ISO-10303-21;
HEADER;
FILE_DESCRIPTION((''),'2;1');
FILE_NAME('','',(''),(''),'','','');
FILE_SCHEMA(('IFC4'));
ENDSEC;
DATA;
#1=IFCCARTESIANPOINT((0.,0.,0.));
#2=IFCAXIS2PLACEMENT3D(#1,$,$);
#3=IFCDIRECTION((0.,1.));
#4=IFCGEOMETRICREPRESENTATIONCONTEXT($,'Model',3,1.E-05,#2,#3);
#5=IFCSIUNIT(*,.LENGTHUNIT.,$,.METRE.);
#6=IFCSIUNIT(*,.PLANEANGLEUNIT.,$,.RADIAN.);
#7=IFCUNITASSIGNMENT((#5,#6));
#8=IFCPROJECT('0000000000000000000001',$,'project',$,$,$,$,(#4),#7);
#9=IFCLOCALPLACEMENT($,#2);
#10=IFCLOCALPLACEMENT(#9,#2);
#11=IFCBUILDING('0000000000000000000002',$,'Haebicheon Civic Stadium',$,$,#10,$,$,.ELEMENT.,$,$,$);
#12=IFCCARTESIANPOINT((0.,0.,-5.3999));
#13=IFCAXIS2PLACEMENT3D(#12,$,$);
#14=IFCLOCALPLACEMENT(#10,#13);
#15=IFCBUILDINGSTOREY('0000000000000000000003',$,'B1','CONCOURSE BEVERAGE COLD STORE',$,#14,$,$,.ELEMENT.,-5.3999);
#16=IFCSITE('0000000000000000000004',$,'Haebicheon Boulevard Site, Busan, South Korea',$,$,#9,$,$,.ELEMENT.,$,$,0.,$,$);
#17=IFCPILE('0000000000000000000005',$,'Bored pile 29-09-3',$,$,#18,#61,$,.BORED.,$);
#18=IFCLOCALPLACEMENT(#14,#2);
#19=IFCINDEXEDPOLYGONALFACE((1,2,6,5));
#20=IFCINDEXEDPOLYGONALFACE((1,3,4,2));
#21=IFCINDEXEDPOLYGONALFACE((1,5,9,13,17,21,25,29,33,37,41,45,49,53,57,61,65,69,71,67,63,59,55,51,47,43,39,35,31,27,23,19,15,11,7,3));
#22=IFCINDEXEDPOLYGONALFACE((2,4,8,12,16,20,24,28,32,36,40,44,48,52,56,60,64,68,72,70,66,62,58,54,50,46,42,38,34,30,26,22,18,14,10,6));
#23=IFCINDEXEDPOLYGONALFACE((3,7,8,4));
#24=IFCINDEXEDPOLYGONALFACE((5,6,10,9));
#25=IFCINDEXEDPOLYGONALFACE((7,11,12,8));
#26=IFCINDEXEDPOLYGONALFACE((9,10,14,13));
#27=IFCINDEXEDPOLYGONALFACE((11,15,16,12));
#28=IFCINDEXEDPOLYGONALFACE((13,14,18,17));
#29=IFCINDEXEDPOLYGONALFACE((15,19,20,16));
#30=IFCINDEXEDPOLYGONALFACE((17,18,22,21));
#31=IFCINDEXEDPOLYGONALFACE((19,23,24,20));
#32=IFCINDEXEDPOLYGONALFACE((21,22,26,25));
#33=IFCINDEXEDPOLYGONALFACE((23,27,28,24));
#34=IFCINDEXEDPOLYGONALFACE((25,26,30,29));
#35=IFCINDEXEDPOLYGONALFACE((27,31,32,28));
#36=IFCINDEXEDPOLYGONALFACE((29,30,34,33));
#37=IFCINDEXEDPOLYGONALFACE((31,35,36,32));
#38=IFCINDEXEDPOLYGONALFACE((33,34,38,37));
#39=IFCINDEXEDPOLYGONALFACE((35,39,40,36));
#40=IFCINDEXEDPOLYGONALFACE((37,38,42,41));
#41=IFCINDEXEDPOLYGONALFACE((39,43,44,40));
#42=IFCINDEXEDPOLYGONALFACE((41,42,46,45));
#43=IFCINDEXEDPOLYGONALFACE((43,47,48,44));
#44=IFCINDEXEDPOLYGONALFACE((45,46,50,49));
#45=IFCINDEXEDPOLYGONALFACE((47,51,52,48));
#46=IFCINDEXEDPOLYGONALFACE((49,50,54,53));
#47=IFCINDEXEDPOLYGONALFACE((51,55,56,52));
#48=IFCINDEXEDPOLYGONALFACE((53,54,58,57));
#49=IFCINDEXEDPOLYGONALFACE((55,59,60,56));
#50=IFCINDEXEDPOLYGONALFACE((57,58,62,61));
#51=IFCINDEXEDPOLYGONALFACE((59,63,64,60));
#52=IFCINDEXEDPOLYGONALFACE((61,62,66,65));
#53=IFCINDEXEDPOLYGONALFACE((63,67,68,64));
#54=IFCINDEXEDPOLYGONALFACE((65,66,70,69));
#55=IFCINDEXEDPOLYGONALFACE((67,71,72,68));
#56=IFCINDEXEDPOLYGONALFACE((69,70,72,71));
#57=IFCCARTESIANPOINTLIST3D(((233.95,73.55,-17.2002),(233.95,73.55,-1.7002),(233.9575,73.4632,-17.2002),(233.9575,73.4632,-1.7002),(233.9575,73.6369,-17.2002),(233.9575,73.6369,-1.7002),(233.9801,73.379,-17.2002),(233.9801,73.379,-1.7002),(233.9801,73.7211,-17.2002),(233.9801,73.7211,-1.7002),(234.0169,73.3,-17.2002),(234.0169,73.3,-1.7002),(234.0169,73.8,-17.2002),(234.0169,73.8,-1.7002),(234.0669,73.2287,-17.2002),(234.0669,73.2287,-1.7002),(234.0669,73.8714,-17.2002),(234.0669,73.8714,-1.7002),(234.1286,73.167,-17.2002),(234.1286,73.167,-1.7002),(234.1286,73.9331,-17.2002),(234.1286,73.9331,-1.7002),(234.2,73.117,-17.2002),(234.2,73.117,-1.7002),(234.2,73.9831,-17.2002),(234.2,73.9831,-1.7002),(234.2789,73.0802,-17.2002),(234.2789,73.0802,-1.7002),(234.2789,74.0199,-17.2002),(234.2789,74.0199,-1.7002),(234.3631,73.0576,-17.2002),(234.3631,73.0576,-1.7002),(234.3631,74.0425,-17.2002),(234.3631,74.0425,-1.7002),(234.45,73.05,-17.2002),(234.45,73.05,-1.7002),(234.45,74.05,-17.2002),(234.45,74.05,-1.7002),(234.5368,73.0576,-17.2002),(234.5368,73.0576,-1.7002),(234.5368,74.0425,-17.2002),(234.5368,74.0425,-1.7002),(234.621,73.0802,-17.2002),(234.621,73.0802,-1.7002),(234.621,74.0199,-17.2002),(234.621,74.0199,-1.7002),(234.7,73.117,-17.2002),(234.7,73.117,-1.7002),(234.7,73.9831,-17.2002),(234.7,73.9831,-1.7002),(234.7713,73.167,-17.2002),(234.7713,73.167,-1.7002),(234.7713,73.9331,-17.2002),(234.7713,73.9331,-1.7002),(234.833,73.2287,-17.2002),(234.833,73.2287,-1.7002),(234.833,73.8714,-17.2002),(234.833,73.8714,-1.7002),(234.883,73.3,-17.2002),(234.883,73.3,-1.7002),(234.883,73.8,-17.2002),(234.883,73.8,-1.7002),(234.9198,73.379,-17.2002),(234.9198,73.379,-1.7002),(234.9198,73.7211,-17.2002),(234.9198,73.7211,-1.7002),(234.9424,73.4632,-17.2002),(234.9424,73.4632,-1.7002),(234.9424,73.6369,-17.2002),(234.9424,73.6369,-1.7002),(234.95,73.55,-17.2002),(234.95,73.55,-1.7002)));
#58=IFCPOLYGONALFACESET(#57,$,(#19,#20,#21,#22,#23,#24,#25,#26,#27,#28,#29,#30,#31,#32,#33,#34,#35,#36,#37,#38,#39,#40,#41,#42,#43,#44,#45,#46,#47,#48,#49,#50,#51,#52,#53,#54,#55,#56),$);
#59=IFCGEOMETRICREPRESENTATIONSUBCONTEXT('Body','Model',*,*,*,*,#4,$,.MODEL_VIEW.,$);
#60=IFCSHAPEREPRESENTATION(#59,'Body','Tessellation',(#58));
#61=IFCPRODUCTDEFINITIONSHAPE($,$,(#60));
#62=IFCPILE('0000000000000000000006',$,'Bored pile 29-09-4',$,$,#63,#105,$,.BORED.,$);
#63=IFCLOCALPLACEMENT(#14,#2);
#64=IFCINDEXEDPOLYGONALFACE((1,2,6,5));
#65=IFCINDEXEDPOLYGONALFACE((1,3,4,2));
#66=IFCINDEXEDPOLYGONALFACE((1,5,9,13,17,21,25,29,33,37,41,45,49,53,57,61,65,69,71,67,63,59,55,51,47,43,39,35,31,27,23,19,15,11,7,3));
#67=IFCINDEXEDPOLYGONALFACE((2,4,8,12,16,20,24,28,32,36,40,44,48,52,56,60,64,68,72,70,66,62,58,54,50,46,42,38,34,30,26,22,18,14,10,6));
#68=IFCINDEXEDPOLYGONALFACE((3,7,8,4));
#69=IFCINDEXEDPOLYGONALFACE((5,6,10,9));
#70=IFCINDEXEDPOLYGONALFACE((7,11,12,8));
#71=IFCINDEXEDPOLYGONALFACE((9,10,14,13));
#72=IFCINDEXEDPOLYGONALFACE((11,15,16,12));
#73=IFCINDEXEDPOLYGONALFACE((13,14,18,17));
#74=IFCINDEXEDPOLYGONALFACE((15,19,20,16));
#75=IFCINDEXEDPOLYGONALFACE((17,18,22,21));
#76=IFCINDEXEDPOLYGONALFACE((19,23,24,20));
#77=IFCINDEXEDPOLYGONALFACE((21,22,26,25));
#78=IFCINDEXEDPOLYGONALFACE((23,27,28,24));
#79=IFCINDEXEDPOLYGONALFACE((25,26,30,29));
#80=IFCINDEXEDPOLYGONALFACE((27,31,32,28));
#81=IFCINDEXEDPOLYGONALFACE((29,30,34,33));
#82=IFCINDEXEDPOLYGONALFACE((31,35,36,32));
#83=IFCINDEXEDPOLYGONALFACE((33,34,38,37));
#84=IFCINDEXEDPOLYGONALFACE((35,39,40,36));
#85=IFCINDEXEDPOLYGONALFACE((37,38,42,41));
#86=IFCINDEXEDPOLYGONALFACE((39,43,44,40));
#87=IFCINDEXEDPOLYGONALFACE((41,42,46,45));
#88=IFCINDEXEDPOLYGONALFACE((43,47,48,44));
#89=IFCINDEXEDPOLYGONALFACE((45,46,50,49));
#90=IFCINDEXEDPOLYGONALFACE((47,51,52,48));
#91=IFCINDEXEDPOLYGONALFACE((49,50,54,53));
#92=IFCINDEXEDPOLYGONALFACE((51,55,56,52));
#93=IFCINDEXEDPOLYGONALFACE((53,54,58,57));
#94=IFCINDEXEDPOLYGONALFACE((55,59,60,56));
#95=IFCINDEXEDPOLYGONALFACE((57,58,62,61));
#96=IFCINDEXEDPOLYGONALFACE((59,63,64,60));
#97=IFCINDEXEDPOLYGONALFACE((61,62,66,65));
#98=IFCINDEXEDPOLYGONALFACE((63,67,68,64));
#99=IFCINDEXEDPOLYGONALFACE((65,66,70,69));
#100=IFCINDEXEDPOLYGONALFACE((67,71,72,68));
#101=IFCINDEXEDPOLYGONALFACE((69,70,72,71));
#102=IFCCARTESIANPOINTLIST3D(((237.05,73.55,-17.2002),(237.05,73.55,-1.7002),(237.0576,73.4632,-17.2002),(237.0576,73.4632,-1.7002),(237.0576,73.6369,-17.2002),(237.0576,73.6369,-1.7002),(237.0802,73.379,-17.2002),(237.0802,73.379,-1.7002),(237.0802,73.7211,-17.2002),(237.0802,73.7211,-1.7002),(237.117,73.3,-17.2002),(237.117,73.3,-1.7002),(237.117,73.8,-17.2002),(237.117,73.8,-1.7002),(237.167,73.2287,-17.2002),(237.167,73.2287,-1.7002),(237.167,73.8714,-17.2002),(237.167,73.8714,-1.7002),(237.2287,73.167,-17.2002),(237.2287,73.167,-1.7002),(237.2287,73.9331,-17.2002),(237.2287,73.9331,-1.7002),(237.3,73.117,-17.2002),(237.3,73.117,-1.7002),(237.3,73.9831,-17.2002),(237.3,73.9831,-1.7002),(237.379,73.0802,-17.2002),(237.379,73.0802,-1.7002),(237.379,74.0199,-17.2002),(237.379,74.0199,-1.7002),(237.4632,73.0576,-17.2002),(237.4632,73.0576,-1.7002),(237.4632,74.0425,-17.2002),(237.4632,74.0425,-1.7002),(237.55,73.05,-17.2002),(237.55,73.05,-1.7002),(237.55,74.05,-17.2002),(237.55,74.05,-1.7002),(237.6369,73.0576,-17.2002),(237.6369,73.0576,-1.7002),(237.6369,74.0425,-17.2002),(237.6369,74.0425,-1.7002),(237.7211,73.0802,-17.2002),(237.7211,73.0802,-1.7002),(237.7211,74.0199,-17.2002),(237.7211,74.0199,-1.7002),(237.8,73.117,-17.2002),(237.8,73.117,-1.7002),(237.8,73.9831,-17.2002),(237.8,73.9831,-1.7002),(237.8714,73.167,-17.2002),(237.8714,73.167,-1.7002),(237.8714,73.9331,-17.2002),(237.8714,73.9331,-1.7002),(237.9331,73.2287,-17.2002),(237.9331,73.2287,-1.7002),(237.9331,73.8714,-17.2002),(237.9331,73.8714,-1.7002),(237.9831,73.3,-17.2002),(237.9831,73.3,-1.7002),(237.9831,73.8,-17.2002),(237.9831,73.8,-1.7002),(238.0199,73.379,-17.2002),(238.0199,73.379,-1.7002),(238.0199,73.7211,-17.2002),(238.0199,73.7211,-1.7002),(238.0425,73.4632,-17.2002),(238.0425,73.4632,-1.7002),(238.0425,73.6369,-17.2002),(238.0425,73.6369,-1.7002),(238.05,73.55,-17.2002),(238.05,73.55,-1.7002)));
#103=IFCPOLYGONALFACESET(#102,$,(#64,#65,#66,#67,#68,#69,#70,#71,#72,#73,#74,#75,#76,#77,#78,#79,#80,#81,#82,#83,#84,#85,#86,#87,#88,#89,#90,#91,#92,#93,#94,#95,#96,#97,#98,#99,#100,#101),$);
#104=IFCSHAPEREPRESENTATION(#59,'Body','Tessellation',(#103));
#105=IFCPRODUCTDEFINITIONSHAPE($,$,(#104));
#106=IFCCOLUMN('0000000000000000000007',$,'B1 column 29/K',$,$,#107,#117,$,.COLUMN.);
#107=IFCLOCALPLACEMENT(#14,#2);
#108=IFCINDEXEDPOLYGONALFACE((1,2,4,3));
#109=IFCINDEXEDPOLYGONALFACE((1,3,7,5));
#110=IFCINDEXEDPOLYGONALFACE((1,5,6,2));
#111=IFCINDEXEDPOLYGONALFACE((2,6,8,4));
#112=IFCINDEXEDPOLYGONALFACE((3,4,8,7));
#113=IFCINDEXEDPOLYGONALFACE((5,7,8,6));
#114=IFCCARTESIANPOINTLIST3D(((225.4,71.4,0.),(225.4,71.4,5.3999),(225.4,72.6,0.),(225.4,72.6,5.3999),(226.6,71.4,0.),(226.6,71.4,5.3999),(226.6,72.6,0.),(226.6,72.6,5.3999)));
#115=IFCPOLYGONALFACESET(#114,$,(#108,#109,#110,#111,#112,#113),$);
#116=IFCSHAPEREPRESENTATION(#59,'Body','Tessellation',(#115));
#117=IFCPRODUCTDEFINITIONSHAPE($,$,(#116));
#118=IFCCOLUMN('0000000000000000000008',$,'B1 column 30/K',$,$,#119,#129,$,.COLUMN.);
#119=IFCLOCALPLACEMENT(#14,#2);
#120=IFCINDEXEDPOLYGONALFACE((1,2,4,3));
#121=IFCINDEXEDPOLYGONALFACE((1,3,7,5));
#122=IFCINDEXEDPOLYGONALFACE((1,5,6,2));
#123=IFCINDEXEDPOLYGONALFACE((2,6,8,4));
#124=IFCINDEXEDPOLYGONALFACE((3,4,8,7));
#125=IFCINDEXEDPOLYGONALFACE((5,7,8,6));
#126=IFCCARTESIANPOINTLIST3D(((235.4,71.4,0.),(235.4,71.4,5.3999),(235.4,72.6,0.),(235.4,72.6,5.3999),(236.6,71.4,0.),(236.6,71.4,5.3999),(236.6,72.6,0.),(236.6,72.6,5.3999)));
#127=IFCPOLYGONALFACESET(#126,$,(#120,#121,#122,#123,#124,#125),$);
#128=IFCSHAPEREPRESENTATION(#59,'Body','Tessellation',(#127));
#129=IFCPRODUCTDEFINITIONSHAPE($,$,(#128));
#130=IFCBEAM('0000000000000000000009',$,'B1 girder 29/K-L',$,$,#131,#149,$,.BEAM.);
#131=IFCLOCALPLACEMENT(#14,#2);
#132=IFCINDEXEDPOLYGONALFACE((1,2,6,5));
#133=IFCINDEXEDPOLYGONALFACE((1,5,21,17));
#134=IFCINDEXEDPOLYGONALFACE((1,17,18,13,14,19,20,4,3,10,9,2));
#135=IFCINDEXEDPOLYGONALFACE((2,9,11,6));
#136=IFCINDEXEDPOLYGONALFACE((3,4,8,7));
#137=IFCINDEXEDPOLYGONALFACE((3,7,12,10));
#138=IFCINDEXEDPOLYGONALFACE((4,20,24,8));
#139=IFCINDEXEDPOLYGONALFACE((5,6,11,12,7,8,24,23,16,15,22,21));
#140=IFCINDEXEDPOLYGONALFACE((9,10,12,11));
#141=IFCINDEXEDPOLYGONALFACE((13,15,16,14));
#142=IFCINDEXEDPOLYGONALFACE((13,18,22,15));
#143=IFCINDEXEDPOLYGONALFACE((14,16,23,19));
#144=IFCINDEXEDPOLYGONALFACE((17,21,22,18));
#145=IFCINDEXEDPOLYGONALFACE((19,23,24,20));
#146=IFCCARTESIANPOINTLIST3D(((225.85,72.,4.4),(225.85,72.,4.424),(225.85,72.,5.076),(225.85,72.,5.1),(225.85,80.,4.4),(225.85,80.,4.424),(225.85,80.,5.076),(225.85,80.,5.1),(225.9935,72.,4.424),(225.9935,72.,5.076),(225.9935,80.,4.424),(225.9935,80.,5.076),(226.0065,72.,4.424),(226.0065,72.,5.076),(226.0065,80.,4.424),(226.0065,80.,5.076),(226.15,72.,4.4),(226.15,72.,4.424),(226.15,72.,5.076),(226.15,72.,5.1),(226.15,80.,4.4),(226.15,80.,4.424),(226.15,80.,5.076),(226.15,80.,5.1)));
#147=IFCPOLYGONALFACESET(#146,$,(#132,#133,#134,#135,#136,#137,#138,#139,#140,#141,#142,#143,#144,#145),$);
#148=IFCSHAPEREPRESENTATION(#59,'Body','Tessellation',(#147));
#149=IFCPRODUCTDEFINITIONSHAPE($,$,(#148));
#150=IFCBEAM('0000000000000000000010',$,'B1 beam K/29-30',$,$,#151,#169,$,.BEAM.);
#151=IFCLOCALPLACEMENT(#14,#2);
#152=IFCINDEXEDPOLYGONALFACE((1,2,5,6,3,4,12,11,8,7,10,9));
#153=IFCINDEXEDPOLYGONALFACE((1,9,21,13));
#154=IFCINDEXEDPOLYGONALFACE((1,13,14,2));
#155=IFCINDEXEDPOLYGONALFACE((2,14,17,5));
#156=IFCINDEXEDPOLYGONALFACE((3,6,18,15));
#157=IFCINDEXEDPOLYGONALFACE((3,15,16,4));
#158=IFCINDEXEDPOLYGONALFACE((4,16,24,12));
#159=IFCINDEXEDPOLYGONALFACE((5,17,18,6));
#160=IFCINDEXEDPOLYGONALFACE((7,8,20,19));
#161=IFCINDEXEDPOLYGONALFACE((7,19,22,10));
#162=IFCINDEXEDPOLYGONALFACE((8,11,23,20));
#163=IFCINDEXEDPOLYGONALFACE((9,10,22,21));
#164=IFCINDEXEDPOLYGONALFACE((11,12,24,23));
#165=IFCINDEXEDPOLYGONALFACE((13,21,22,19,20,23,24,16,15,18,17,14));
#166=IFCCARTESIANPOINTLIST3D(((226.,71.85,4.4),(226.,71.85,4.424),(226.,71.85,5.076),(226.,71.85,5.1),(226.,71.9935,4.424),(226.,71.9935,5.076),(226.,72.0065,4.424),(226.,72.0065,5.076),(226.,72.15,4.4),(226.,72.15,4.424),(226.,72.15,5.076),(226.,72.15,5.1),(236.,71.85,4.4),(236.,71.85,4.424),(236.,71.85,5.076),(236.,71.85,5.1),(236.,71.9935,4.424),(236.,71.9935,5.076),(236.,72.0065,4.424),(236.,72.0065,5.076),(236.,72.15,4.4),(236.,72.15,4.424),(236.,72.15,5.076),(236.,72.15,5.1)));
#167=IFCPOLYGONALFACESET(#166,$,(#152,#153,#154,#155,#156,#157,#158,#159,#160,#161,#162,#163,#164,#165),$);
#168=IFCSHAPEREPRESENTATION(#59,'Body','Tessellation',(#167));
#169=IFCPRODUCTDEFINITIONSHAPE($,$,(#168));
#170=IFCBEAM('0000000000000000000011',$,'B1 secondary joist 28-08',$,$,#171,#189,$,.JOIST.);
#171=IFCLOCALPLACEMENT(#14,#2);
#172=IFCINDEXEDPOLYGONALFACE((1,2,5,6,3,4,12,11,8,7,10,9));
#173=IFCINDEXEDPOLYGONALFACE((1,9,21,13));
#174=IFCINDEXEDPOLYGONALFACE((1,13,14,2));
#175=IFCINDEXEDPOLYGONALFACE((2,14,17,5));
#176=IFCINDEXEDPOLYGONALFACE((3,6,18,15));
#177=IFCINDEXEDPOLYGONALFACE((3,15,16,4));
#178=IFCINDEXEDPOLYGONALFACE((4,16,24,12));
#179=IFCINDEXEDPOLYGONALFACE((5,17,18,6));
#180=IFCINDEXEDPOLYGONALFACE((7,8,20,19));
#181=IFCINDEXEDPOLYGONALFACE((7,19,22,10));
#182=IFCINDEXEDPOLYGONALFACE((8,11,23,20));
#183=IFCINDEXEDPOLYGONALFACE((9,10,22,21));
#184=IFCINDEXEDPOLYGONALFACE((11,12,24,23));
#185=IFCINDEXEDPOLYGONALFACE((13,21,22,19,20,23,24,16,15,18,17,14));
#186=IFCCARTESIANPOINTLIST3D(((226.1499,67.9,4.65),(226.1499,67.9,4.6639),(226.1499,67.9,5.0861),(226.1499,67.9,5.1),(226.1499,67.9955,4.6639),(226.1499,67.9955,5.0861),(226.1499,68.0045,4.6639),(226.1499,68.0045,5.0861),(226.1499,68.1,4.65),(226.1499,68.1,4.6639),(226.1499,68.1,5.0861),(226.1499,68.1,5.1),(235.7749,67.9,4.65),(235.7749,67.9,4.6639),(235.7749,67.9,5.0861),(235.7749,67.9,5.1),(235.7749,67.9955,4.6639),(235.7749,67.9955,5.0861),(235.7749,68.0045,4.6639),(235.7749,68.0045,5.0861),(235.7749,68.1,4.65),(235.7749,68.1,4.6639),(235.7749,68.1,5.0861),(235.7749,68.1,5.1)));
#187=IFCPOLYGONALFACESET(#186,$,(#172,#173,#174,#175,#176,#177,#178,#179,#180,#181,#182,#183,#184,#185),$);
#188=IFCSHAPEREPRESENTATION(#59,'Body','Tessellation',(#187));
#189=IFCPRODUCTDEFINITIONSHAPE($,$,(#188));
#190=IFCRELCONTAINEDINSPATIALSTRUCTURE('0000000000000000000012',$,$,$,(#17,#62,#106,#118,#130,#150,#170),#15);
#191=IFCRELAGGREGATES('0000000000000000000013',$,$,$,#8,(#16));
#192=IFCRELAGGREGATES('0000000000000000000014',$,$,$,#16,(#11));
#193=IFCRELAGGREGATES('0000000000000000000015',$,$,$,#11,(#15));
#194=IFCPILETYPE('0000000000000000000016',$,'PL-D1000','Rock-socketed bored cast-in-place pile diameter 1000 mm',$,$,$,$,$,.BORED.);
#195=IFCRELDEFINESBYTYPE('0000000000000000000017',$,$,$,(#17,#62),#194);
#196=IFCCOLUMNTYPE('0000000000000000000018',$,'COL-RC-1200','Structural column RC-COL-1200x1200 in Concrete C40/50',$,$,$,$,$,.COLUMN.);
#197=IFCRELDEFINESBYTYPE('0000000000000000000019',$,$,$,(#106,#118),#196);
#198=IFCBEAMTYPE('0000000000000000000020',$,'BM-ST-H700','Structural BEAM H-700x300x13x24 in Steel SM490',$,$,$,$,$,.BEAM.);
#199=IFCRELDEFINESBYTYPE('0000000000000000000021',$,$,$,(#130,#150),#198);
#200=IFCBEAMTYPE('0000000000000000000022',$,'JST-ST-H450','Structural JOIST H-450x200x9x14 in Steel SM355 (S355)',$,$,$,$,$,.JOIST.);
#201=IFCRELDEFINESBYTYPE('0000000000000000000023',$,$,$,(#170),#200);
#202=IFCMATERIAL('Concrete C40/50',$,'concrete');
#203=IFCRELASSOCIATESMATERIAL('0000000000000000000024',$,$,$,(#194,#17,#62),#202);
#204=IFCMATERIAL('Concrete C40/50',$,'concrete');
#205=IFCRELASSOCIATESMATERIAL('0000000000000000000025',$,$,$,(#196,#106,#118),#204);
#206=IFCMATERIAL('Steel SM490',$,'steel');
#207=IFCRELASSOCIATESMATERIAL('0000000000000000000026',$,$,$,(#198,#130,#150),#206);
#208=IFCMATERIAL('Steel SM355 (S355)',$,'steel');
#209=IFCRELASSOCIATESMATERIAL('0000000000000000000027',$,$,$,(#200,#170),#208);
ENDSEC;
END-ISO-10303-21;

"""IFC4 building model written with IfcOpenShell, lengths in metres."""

from ifc_helpers import new_model, si_unit, direction, frame, origin, origin_2d, place, context, subcontext, project, spatial, rectangle, circle, i_section, extrude, material, material_profile, profile_set, type_object, element, save


model = new_model("IFC4")

# Units and contexts
model_context = context("Model", 3, precision=1e-05, world=origin(), true_north=direction((0.0, 1.0)))
body_context = subcontext(model_context, "Body", "Model", "MODEL_VIEW")
ifc_project = project(units=[si_unit("LENGTHUNIT", "METRE"), si_unit("PLANEANGLEUNIT", "RADIAN")], contexts=[model_context])

# Site, building, storey
site_placement = place(None, origin())
site = spatial("IfcSite", under=ifc_project, at=site_placement, Name="Haebicheon Boulevard Site, Busan, South Korea", CompositionType="ELEMENT", RefElevation=0.0)
building_placement = place(site_placement, origin())
building = spatial("IfcBuilding", under=site, at=building_placement, Name="Haebicheon Civic Stadium", CompositionType="ELEMENT")
storey_placement = place(building_placement, frame((0.0, 0.0, -5.3999)))
storey = spatial("IfcBuildingStorey", under=building, at=storey_placement, Name="B1", Description="CONCOURSE BEVERAGE COLD STORE", CompositionType="ELEMENT", Elevation=-5.3999)

# Piles
ifc_material_1 = material(Name="Concrete C40/50", Category="concrete")
ifc_material_profile_1 = material_profile(ifc_material_1, circle(Radius=0.5, at=origin_2d()), Name="PILE-D1000")
ifc_profile_set_1 = profile_set([ifc_material_profile_1], Name="Concrete C40/50")
pile_type = type_object("IfcPileType", Name="PL-D1000", Description="Rock-socketed bored cast-in-place pile diameter 1000 mm", PredefinedType="BORED", material=ifc_profile_set_1)
for number, where, z_axis, x_axis, name in (
    (1, (234.45, 73.55, -1.7002), (0.0, 0.0, -1.0), (1.0, 0.0, 0.0), "Bored pile 29-09-3"),
    (2, (237.55, 73.55, -1.7002), (0.0, 0.0, -1.0), (1.0, 0.0, 0.0), "Bored pile 29-09-4"),
):
    element("IfcPile", number, at=place(storey_placement, frame(where, z_axis=z_axis, x_axis=x_axis)), inside=storey, type_object=pile_type, material=ifc_profile_set_1, Name=name, PredefinedType="BORED", context=body_context, shape_type="SweptSolid", body=[
        extrude(circle(Radius=0.5, at=origin_2d()), origin(), (0.0, 0.0, 1.0), 15.5),
    ])

# Columns
ifc_material_2 = material(Name="Concrete C40/50", Category="concrete")
ifc_material_profile_2 = material_profile(ifc_material_2, rectangle(XDim=1.2, YDim=1.2, at=origin_2d()), Name="RC-COL-1200x1200")
ifc_profile_set_2 = profile_set([ifc_material_profile_2], Name="Concrete C40/50")
column_type = type_object("IfcColumnType", Name="COL-RC-1200", Description="Structural column RC-COL-1200x1200 in Concrete C40/50", PredefinedType="COLUMN", material=ifc_profile_set_2)
for number, where, z_axis, x_axis, name in (
    (3, (226.0, 72.0, 0.0), (0.0, 0.0, 1.0), (1.0, 0.0, 0.0), "B1 column 29/K"),
    (4, (236.0, 72.0, 0.0), (0.0, 0.0, 1.0), (1.0, 0.0, 0.0), "B1 column 30/K"),
):
    element("IfcColumn", number, at=place(storey_placement, frame(where, z_axis=z_axis, x_axis=x_axis)), inside=storey, type_object=column_type, material=ifc_profile_set_2, Name=name, PredefinedType="COLUMN", context=body_context, shape_type="SweptSolid", body=[
        extrude(rectangle(XDim=1.2, YDim=1.2, at=origin_2d()), origin(), (0.0, 0.0, 1.0), 5.3999),
    ])

# Beams
ifc_material_3 = material(Name="Steel SM490", Category="steel")
ifc_material_profile_3 = material_profile(ifc_material_3, i_section(OverallWidth=0.3, OverallDepth=0.7, WebThickness=0.0129, FlangeThickness=0.0239, at=origin_2d()), Name="H-700x300x13x24")
ifc_profile_set_3 = profile_set([ifc_material_profile_3], Name="Steel SM490")
beam_type_1 = type_object("IfcBeamType", Name="BM-ST-H700", Description="Structural BEAM H-700x300x13x24 in Steel SM490", PredefinedType="BEAM", material=ifc_profile_set_3)
beam_1_placement = place(storey_placement, frame((226.0, 72.0, 4.75), z_axis=(0.0, 1.0, 0.0), x_axis=(-1.0, 0.0, 0.0)))
element("IfcBeam", 5, at=beam_1_placement, inside=storey, type_object=beam_type_1, material=ifc_profile_set_3, Name="B1 girder 29/K-L", PredefinedType="BEAM", context=body_context, shape_type="SweptSolid", body=[
    extrude(i_section(OverallWidth=0.3, OverallDepth=0.7, WebThickness=0.0129, FlangeThickness=0.0239, at=origin_2d()), origin(), (0.0, 0.0, 1.0), 8.0),
])
beam_2_placement = place(storey_placement, frame((226.0, 72.0, 4.75), z_axis=(1.0, 0.0, 0.0), x_axis=(0.0, 1.0, 0.0)))
element("IfcBeam", 6, at=beam_2_placement, inside=storey, type_object=beam_type_1, material=ifc_profile_set_3, Name="B1 beam K/29-30", PredefinedType="BEAM", context=body_context, shape_type="SweptSolid", body=[
    extrude(i_section(OverallWidth=0.3, OverallDepth=0.7, WebThickness=0.0129, FlangeThickness=0.0239, at=origin_2d()), origin(), (0.0, 0.0, 1.0), 10.0),
])
ifc_material_4 = material(Name="Steel SM355 (S355)", Category="steel")
ifc_material_profile_4 = material_profile(ifc_material_4, i_section(OverallWidth=0.2, OverallDepth=0.45, WebThickness=0.009, FlangeThickness=0.0139, at=origin_2d()), Name="H-450x200x9x14")
ifc_profile_set_4 = profile_set([ifc_material_profile_4], Name="Steel SM355 (S355)")
beam_type_2 = type_object("IfcBeamType", Name="JST-ST-H450", Description="Structural JOIST H-450x200x9x14 in Steel SM355 (S355)", PredefinedType="JOIST", material=ifc_profile_set_4)
for number, where, z_axis, x_axis, name in (
    (7, (226.1499, 68.0, 4.875), (1.0, 0.0, 0.0), (0.0, 1.0, 0.0), "B1 secondary joist 28-08"),
):
    element("IfcBeam", number, at=place(storey_placement, frame(where, z_axis=z_axis, x_axis=x_axis)), inside=storey, type_object=beam_type_2, material=ifc_profile_set_4, Name=name, PredefinedType="JOIST", context=body_context, shape_type="SweptSolid", body=[
        extrude(i_section(OverallWidth=0.2, OverallDepth=0.45, WebThickness=0.009, FlangeThickness=0.0139, at=origin_2d()), origin(), (0.0, 0.0, 1.0), 9.625),
    ])

save(model, "model.ifc")
